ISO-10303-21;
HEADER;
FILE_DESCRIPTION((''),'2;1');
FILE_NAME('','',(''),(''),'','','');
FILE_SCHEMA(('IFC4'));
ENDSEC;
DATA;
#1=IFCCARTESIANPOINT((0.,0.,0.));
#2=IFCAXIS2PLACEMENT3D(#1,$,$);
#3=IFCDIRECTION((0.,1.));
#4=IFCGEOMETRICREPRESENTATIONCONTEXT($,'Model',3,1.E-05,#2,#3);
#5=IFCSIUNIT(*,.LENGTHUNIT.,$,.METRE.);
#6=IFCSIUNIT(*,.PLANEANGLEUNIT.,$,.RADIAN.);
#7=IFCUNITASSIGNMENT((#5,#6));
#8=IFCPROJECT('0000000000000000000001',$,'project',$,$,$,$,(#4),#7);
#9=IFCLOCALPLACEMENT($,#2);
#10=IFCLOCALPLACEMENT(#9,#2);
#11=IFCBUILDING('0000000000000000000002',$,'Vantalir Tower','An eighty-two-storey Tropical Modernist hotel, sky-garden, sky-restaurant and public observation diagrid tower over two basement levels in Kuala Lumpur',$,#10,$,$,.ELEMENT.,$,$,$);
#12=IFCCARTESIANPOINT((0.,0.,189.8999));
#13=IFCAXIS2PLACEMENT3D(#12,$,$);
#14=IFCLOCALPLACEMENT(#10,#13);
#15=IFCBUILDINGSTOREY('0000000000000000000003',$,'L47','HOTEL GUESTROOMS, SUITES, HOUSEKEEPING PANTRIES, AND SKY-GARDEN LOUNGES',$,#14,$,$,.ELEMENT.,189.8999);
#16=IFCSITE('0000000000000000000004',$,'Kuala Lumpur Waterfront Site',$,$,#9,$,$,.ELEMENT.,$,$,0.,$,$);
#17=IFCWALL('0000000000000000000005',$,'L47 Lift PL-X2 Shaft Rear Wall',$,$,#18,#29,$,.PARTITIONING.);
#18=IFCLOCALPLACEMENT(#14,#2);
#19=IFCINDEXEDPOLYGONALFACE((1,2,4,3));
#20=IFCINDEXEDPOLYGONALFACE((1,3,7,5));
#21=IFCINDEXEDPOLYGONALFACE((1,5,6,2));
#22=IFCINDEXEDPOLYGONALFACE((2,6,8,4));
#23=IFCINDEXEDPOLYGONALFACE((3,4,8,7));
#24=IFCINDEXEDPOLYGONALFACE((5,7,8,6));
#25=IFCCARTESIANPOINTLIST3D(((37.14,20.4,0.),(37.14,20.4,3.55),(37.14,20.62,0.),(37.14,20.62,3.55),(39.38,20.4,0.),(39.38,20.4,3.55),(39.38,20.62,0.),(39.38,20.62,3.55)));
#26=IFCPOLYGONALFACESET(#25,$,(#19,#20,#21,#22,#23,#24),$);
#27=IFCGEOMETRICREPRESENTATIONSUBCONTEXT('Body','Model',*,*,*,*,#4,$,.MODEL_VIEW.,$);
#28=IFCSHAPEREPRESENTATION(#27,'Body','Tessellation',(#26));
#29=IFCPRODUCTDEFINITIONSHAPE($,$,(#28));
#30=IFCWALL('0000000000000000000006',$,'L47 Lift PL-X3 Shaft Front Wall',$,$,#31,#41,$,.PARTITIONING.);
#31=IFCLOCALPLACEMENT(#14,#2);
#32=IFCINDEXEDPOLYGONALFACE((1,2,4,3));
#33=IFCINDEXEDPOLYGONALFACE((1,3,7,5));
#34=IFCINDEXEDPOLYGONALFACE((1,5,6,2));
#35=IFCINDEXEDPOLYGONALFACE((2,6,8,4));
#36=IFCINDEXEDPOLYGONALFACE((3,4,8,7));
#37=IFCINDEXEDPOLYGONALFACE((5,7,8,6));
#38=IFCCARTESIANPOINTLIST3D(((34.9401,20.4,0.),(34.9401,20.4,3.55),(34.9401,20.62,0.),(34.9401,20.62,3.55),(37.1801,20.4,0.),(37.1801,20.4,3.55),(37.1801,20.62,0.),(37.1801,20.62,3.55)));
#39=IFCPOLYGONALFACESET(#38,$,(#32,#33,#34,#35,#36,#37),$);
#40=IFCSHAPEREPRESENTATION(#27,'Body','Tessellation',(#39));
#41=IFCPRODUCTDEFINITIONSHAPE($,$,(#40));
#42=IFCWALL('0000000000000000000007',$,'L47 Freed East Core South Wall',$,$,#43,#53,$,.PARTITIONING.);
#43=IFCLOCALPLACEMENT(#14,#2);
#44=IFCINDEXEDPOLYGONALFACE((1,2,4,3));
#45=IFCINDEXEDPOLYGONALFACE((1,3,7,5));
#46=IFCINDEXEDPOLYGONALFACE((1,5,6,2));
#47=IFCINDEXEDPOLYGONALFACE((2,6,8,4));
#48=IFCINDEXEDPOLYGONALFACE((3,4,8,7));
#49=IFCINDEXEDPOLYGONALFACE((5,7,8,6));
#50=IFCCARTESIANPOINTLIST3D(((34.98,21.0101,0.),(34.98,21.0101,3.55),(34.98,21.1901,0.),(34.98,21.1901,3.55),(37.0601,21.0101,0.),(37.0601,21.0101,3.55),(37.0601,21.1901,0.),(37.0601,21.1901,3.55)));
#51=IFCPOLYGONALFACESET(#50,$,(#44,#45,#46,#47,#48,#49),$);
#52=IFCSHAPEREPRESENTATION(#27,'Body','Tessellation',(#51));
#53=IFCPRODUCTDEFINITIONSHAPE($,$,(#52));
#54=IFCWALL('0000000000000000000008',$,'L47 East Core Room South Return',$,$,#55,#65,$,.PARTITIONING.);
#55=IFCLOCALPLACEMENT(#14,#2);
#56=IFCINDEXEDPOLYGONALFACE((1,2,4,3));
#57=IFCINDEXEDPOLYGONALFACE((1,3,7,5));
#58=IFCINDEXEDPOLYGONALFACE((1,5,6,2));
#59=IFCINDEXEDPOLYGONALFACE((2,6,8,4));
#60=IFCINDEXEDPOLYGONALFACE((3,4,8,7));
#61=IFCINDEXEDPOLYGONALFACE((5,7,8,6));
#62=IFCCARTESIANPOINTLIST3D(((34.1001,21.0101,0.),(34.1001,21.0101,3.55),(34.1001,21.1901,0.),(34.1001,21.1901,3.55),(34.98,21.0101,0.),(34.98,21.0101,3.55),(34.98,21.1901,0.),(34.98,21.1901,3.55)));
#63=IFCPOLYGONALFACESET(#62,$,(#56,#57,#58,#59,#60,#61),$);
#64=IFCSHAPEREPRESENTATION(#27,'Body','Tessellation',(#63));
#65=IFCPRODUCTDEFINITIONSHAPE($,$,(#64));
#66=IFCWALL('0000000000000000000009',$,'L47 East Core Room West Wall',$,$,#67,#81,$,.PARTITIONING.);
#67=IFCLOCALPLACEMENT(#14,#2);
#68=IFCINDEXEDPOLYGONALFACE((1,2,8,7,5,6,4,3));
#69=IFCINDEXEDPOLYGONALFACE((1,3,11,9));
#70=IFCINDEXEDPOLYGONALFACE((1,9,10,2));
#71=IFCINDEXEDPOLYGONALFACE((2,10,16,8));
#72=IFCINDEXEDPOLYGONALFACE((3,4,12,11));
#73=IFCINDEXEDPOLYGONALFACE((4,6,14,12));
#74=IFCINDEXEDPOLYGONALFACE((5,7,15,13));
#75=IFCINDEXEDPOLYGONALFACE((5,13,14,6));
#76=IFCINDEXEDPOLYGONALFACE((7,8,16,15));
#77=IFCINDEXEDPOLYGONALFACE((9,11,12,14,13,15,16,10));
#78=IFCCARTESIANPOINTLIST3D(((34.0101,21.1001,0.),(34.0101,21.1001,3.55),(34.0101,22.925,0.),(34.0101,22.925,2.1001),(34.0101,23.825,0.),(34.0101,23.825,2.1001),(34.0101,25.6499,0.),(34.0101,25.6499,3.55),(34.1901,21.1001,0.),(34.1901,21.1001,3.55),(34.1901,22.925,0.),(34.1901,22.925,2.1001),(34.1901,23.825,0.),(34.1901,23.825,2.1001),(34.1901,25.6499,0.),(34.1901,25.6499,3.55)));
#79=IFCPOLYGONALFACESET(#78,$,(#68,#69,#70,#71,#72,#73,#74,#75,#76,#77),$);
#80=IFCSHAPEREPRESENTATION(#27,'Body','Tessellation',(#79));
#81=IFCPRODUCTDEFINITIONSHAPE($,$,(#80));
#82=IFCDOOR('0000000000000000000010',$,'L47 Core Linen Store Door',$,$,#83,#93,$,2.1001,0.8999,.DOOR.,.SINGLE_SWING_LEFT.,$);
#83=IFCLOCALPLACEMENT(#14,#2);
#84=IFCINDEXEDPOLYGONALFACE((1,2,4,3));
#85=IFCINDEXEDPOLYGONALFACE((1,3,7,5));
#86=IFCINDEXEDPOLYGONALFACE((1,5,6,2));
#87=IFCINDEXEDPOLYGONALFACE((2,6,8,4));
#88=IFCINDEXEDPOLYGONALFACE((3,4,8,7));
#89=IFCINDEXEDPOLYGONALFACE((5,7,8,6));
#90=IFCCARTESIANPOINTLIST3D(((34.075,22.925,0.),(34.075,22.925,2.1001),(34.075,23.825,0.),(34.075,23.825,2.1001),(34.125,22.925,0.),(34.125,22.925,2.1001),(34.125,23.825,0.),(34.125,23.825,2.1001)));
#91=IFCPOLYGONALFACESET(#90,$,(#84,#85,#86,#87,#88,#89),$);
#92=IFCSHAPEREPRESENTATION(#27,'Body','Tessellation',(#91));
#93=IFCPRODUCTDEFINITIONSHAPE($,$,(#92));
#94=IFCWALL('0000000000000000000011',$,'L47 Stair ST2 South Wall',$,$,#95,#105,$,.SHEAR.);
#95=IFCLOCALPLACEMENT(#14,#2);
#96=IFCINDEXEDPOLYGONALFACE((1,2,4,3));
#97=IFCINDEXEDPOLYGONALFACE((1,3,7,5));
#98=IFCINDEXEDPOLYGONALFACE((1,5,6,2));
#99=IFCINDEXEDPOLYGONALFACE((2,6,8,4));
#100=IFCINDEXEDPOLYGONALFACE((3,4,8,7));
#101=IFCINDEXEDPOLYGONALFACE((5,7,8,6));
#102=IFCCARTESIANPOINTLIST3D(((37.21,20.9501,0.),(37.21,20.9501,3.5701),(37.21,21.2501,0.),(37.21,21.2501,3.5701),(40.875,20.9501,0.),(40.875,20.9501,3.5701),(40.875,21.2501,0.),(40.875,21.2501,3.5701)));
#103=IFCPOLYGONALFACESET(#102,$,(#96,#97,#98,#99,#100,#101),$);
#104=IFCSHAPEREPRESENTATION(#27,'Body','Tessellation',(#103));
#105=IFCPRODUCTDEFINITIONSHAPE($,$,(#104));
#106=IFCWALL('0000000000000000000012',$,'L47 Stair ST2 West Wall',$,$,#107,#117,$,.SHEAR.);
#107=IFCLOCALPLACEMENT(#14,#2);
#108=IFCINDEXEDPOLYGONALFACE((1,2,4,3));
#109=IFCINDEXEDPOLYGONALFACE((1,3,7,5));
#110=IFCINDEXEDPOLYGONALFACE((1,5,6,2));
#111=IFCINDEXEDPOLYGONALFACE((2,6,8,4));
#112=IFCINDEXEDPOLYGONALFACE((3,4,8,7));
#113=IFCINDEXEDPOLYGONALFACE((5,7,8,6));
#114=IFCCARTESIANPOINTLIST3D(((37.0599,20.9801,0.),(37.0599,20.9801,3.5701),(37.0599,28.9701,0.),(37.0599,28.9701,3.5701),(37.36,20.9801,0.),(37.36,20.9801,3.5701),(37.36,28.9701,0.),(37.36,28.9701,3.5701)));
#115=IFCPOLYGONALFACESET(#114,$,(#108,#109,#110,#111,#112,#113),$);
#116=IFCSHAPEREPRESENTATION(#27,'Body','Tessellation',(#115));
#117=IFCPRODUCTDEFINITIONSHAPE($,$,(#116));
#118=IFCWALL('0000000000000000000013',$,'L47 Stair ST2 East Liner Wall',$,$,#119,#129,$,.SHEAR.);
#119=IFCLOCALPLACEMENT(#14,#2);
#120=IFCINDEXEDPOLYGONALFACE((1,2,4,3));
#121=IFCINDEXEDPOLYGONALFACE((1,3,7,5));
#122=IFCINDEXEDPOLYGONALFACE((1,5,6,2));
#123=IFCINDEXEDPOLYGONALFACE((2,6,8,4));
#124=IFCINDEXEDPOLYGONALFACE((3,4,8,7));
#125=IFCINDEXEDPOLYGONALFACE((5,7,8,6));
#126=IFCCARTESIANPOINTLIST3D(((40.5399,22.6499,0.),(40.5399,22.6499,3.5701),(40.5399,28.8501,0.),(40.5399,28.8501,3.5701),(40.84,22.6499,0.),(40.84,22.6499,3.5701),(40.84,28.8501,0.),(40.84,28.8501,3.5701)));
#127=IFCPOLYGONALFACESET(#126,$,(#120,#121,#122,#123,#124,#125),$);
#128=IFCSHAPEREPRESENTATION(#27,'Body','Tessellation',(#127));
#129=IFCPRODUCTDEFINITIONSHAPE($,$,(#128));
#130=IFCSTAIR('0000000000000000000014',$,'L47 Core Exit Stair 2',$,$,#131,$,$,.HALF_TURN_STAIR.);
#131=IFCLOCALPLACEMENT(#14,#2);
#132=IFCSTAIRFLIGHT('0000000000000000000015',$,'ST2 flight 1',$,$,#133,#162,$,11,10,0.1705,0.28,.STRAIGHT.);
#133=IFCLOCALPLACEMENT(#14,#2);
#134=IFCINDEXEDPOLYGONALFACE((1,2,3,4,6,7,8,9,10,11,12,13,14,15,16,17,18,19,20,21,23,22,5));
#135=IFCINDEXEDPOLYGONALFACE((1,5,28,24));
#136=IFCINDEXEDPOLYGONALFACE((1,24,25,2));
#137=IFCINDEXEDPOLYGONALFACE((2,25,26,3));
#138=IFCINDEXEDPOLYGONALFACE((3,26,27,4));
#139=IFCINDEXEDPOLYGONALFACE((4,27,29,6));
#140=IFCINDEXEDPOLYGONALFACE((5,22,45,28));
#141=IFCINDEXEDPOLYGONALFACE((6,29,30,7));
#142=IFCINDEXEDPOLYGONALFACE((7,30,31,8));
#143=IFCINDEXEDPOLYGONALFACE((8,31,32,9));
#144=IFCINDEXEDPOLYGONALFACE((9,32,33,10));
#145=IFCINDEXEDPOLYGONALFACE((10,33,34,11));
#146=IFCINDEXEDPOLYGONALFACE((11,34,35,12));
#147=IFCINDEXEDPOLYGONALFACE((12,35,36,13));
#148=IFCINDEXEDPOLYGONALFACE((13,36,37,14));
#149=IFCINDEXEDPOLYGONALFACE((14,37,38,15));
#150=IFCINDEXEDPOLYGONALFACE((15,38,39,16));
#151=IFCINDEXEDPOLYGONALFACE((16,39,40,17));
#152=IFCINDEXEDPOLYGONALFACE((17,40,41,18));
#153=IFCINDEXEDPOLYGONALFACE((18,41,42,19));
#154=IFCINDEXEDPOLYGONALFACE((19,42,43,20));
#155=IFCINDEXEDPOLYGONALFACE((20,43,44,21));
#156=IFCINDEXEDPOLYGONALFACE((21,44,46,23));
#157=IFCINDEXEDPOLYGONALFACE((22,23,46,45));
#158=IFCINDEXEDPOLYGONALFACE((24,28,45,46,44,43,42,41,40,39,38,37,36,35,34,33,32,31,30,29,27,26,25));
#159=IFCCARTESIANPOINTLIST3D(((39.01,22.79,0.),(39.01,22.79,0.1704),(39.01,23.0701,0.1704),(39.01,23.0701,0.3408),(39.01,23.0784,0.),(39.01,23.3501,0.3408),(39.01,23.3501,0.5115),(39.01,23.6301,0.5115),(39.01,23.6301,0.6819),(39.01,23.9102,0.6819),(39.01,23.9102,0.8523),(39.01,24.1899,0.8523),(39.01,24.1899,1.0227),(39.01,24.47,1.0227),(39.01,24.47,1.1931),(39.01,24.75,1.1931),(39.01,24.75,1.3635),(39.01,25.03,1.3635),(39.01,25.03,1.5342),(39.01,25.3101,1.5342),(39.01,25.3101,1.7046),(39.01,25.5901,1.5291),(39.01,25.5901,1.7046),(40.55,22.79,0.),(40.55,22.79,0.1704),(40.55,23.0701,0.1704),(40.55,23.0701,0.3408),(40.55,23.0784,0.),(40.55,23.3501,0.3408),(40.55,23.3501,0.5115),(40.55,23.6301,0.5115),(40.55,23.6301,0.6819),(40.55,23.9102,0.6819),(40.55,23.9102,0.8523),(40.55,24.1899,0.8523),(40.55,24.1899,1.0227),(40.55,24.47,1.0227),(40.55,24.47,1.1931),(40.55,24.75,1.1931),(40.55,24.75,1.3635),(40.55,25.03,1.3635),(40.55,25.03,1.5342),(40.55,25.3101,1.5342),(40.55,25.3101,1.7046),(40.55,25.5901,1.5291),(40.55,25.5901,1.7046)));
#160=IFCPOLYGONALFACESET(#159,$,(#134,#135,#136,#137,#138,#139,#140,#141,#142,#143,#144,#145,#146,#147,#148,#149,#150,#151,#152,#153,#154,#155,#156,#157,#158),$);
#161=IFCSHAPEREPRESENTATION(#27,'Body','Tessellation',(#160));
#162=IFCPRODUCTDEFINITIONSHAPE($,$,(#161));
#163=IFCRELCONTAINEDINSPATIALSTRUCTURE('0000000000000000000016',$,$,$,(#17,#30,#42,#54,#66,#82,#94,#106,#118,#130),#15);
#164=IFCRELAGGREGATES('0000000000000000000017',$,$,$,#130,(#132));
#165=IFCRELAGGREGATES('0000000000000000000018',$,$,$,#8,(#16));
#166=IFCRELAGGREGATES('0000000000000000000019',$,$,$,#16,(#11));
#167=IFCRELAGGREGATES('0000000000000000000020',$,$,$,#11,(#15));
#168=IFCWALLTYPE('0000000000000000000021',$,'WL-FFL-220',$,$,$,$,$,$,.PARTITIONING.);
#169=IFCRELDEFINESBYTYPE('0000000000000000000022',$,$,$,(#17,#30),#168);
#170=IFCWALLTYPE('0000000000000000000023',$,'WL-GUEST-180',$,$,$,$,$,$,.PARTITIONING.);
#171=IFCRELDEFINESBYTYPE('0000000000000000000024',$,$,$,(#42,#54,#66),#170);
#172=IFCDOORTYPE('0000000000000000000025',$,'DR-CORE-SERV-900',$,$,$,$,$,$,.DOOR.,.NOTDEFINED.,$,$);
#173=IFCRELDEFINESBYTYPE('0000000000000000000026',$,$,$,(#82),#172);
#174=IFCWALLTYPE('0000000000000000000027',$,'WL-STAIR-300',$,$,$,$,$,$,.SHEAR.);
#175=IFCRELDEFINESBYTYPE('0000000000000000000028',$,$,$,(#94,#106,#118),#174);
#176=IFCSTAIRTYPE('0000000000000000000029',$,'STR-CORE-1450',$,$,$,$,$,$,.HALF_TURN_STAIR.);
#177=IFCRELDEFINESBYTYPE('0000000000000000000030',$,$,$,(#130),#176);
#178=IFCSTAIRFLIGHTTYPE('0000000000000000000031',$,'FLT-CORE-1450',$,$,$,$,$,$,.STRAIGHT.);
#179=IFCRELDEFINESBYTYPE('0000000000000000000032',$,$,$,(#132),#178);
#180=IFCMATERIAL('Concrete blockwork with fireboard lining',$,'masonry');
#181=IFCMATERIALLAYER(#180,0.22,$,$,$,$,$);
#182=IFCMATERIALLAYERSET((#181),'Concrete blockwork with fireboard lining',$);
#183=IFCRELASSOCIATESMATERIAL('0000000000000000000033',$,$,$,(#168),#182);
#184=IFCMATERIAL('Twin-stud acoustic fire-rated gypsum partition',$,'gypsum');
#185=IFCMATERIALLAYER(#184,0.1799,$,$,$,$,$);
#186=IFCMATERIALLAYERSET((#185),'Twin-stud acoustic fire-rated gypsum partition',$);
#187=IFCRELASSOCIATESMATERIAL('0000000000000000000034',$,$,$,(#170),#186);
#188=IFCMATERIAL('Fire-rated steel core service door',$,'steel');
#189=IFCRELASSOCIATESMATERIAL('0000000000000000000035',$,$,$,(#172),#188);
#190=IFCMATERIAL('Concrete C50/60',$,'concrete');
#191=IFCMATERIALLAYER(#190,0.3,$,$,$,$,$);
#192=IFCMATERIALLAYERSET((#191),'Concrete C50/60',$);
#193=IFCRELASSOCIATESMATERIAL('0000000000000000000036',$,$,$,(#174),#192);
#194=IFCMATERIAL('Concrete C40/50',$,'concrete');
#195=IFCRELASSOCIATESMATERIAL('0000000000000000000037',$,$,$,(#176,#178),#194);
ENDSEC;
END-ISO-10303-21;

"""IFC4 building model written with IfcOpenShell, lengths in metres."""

from ifc_helpers import new_model, si_unit, direction, frame, frame_2d, origin, place, context, subcontext, project, spatial, polyline, rectangle, outline, extrude, material, layer, layer_set, type_object, element, fill, aggregate, save


model = new_model("IFC4")

# Units and contexts
model_context = context("Model", 3, precision=1e-05, world=origin(), true_north=direction((0.0, 1.0)))
body_context = subcontext(model_context, "Body", "Model", "MODEL_VIEW")
ifc_project = project(units=[si_unit("LENGTHUNIT", "METRE"), si_unit("PLANEANGLEUNIT", "RADIAN")], contexts=[model_context])

# Site, building, storey
site_placement = place(None, origin())
site = spatial("IfcSite", under=ifc_project, at=site_placement, Name="Kuala Lumpur Waterfront Site", CompositionType="ELEMENT", RefElevation=0.0)
building_placement = place(site_placement, origin())
building = spatial("IfcBuilding", under=site, at=building_placement, Name="Vantalir Tower", Description="An eighty-two-storey Tropical Modernist hotel, sky-garden, sky-restaurant and public observation diagrid tower over two basement levels in Kuala Lumpur", CompositionType="ELEMENT")
storey_placement = place(building_placement, frame((0.0, 0.0, 189.8999)))
storey = spatial("IfcBuildingStorey", under=building, at=storey_placement, Name="L47", Description="HOTEL GUESTROOMS, SUITES, HOUSEKEEPING PANTRIES, AND SKY-GARDEN LOUNGES", CompositionType="ELEMENT", Elevation=189.8999)

# Shared definitions
ifc_material_1 = material(Name="Concrete C50/60", Category="concrete")

# Shared definitions
ifc_material_2 = material(Name="Concrete blockwork with fireboard lining", Category="masonry")
ifc_layer_1 = layer(ifc_material_2, 0.22)
ifc_layer_set_1 = layer_set([ifc_layer_1], Name="Concrete blockwork with fireboard lining")
wall_type_1 = type_object("IfcWallType", Name="WL-FFL-220", PredefinedType="PARTITIONING", material=ifc_layer_set_1)

# Walls
for number, where, z_axis, x_axis, name in (
    (1, (37.1399, 20.51, 0.0), (0.0, 0.0, 1.0), (1.0, 0.0, 0.0), "L47 Lift PL-X2 Shaft Rear Wall"),
    (2, (34.9399, 20.51, 0.0), (0.0, 0.0, 1.0), (1.0, 0.0, 0.0), "L47 Lift PL-X3 Shaft Front Wall"),
):
    element("IfcWall", number, at=place(storey_placement, frame(where, z_axis=z_axis, x_axis=x_axis)), inside=storey, type_object=wall_type_1, Name=name, PredefinedType="PARTITIONING", context=body_context, shape_type="SweptSolid", body=[
        extrude(rectangle(XDim=2.24, YDim=0.22, at=frame_2d((1.1201, 0.0))), origin(), (0.0, 0.0, 1.0), 3.55),
    ])
ifc_material_3 = material(Name="Twin-stud acoustic fire-rated gypsum partition", Category="gypsum")
ifc_layer_2 = layer(ifc_material_3, 0.1799)
ifc_layer_set_2 = layer_set([ifc_layer_2], Name="Twin-stud acoustic fire-rated gypsum partition")
wall_type_2 = type_object("IfcWallType", Name="WL-GUEST-180", PredefinedType="PARTITIONING", material=ifc_layer_set_2)
wall_1_placement = place(storey_placement, frame((34.98, 21.1001, 0.0), z_axis=(0.0, 0.0, 1.0), x_axis=(1.0, 0.0, 0.0)))
element("IfcWall", 3, at=wall_1_placement, inside=storey, type_object=wall_type_2, Name="L47 Freed East Core South Wall", PredefinedType="PARTITIONING", context=body_context, shape_type="SweptSolid", body=[
    extrude(rectangle(XDim=2.0801, YDim=0.1799, at=frame_2d((1.04, 0.0))), origin(), (0.0, 0.0, 1.0), 3.55),
])
wall_2_placement = place(storey_placement, frame((34.1001, 21.1001, 0.0), z_axis=(0.0, 0.0, 1.0), x_axis=(1.0, 0.0, 0.0)))
element("IfcWall", 4, at=wall_2_placement, inside=storey, type_object=wall_type_2, Name="L47 East Core Room South Return", PredefinedType="PARTITIONING", context=body_context, shape_type="SweptSolid", body=[
    extrude(rectangle(XDim=0.8799, YDim=0.1799, at=frame_2d((0.4399, 0.0))), origin(), (0.0, 0.0, 1.0), 3.55),
])

# Wall, opening, door
wall_3_placement = place(storey_placement, frame((34.1001, 21.1001, 0.0), z_axis=(0.0, 0.0, 1.0), x_axis=(0.0, 1.0, 0.0)))
wall_3 = element("IfcWall", 5, at=wall_3_placement, inside=storey, type_object=wall_type_2, Name="L47 East Core Room West Wall", PredefinedType="PARTITIONING", context=body_context, shape_type="SweptSolid", body=[
    extrude(rectangle(XDim=4.5498, YDim=0.1799, at=frame_2d((2.2749, 0.0))), origin(), (0.0, 0.0, 1.0), 3.55),
])
opening_1_placement = place(wall_3_placement, frame((1.825, 0.0, 0.0)))
opening_1 = element("IfcOpeningElement", 6, at=opening_1_placement, cuts=wall_3, PredefinedType="OPENING", context=body_context, shape_type="SweptSolid", body=[
    extrude(rectangle(XDim=0.8999, YDim=2.1001, at=frame_2d((0.45, 1.05))), frame((0.0, 0.0999, 0.0), z_axis=(0.0, -1.0, 0.0), x_axis=(1.0, 0.0, 0.0)), (0.0, 0.0, 1.0), 0.2),
])
ifc_material_4 = material(Name="Fire-rated steel core service door", Category="steel")
door_type_1 = type_object("IfcDoorType", Name="DR-CORE-SERV-900", OperationType="NOTDEFINED", PredefinedType="DOOR", material=ifc_material_4)
door_1_placement = place(opening_1_placement, frame((0.8999, 0.0, 0.0), z_axis=(0.0, 0.0, 1.0), x_axis=(-1.0, 0.0, 0.0)))
door_1 = element("IfcDoor", 7, at=door_1_placement, inside=storey, type_object=door_type_1, Name="L47 Core Linen Store Door", OperationType="SINGLE_SWING_LEFT", OverallHeight=2.1001, OverallWidth=0.8999, PredefinedType="DOOR", context=body_context, shape_type="SweptSolid", body=[
    extrude(rectangle(XDim=0.8999, YDim=2.1001, at=frame_2d((0.45, 1.05))), frame((0.0, 0.0249, 0.0), z_axis=(0.0, -1.0, 0.0), x_axis=(1.0, 0.0, 0.0)), (0.0, 0.0, 1.0), 0.05),
])
fill(opening_1, door_1)

# Walls
ifc_layer_3 = layer(ifc_material_1, 0.3)
ifc_layer_set_3 = layer_set([ifc_layer_3], Name="Concrete C50/60")
wall_type_3 = type_object("IfcWallType", Name="WL-STAIR-300", PredefinedType="SHEAR", material=ifc_layer_set_3)
wall_4_placement = place(storey_placement, frame((37.21, 21.1001, 0.0), z_axis=(0.0, 0.0, 1.0), x_axis=(1.0, 0.0, 0.0)))
element("IfcWall", 8, at=wall_4_placement, inside=storey, type_object=wall_type_3, Name="L47 Stair ST2 South Wall", PredefinedType="SHEAR", context=body_context, shape_type="SweptSolid", body=[
    extrude(rectangle(XDim=3.665, YDim=0.3, at=frame_2d((1.8325, 0.0))), origin(), (0.0, 0.0, 1.0), 3.5701),
])
wall_5_placement = place(storey_placement, frame((37.21, 20.98, 0.0), z_axis=(0.0, 0.0, 1.0), x_axis=(0.0, 1.0, 0.0)))
element("IfcWall", 9, at=wall_5_placement, inside=storey, type_object=wall_type_3, Name="L47 Stair ST2 West Wall", PredefinedType="SHEAR", context=body_context, shape_type="SweptSolid", body=[
    extrude(rectangle(XDim=7.99, YDim=0.3, at=frame_2d((3.9951, 0.0))), origin(), (0.0, 0.0, 1.0), 3.5701),
])
wall_6_placement = place(storey_placement, frame((40.6899, 22.6499, 0.0), z_axis=(0.0, 0.0, 1.0), x_axis=(0.0, 1.0, 0.0)))
element("IfcWall", 10, at=wall_6_placement, inside=storey, type_object=wall_type_3, Name="L47 Stair ST2 East Liner Wall", PredefinedType="SHEAR", context=body_context, shape_type="SweptSolid", body=[
    extrude(rectangle(XDim=6.2002, YDim=0.3, at=frame_2d((3.1001, 0.0))), origin(), (0.0, 0.0, 1.0), 3.5701),
])

# Stair, stair flight
ifc_material_5 = material(Name="Concrete C40/50", Category="concrete")
stair_type = type_object("IfcStairType", Name="STR-CORE-1450", PredefinedType="HALF_TURN_STAIR", material=ifc_material_5)
stair_placement = place(storey_placement, origin())
stair = element("IfcStair", 11, at=stair_placement, inside=storey, type_object=stair_type, Name="L47 Core Exit Stair 2", PredefinedType="HALF_TURN_STAIR")
stair_flight_type = type_object("IfcStairFlightType", Name="FLT-CORE-1450", PredefinedType="STRAIGHT", material=ifc_material_5)
stair_flight_placement = place(storey_placement, frame((39.78, 22.79, 0.0), z_axis=(0.0, 0.0, 1.0), x_axis=(0.0, 1.0, 0.0)))
stair_flight = element("IfcStairFlight", 12, at=stair_flight_placement, type_object=stair_flight_type, Name="ST2 flight 1", NumberOfRisers=11, NumberOfTreads=10, PredefinedType="STRAIGHT", RiserHeight=0.1705, TreadLength=0.28, context=body_context, shape_type="SweptSolid", body=[
    extrude(outline(polyline([(0.0, 0.0), (0.0, 0.1704), (0.28, 0.1704), (0.28, 0.3408), (0.5601, 0.3408), (0.5601, 0.5115), (0.8401, 0.5115), (0.8401, 0.6819), (1.1201, 0.6819), (1.1201, 0.8523), (1.3999, 0.8523), (1.3999, 1.0227), (1.6799, 1.0227), (1.6799, 1.1931), (1.96, 1.1931), (1.96, 1.3635), (2.24, 1.3635), (2.24, 1.5342), (2.52, 1.5342), (2.52, 1.7046), (2.8, 1.7046), (2.8, 1.875), (2.8, 1.5291), (0.2883, 0.0), (0.0, 0.0)])), frame((0.0, 0.77, 0.0), z_axis=(0.0, -1.0, 0.0), x_axis=(1.0, 0.0, 0.0)), (0.0, 0.0, 1.0), 1.54),
])
aggregate(stair, [stair_flight])

save(model, "model.ifc")
